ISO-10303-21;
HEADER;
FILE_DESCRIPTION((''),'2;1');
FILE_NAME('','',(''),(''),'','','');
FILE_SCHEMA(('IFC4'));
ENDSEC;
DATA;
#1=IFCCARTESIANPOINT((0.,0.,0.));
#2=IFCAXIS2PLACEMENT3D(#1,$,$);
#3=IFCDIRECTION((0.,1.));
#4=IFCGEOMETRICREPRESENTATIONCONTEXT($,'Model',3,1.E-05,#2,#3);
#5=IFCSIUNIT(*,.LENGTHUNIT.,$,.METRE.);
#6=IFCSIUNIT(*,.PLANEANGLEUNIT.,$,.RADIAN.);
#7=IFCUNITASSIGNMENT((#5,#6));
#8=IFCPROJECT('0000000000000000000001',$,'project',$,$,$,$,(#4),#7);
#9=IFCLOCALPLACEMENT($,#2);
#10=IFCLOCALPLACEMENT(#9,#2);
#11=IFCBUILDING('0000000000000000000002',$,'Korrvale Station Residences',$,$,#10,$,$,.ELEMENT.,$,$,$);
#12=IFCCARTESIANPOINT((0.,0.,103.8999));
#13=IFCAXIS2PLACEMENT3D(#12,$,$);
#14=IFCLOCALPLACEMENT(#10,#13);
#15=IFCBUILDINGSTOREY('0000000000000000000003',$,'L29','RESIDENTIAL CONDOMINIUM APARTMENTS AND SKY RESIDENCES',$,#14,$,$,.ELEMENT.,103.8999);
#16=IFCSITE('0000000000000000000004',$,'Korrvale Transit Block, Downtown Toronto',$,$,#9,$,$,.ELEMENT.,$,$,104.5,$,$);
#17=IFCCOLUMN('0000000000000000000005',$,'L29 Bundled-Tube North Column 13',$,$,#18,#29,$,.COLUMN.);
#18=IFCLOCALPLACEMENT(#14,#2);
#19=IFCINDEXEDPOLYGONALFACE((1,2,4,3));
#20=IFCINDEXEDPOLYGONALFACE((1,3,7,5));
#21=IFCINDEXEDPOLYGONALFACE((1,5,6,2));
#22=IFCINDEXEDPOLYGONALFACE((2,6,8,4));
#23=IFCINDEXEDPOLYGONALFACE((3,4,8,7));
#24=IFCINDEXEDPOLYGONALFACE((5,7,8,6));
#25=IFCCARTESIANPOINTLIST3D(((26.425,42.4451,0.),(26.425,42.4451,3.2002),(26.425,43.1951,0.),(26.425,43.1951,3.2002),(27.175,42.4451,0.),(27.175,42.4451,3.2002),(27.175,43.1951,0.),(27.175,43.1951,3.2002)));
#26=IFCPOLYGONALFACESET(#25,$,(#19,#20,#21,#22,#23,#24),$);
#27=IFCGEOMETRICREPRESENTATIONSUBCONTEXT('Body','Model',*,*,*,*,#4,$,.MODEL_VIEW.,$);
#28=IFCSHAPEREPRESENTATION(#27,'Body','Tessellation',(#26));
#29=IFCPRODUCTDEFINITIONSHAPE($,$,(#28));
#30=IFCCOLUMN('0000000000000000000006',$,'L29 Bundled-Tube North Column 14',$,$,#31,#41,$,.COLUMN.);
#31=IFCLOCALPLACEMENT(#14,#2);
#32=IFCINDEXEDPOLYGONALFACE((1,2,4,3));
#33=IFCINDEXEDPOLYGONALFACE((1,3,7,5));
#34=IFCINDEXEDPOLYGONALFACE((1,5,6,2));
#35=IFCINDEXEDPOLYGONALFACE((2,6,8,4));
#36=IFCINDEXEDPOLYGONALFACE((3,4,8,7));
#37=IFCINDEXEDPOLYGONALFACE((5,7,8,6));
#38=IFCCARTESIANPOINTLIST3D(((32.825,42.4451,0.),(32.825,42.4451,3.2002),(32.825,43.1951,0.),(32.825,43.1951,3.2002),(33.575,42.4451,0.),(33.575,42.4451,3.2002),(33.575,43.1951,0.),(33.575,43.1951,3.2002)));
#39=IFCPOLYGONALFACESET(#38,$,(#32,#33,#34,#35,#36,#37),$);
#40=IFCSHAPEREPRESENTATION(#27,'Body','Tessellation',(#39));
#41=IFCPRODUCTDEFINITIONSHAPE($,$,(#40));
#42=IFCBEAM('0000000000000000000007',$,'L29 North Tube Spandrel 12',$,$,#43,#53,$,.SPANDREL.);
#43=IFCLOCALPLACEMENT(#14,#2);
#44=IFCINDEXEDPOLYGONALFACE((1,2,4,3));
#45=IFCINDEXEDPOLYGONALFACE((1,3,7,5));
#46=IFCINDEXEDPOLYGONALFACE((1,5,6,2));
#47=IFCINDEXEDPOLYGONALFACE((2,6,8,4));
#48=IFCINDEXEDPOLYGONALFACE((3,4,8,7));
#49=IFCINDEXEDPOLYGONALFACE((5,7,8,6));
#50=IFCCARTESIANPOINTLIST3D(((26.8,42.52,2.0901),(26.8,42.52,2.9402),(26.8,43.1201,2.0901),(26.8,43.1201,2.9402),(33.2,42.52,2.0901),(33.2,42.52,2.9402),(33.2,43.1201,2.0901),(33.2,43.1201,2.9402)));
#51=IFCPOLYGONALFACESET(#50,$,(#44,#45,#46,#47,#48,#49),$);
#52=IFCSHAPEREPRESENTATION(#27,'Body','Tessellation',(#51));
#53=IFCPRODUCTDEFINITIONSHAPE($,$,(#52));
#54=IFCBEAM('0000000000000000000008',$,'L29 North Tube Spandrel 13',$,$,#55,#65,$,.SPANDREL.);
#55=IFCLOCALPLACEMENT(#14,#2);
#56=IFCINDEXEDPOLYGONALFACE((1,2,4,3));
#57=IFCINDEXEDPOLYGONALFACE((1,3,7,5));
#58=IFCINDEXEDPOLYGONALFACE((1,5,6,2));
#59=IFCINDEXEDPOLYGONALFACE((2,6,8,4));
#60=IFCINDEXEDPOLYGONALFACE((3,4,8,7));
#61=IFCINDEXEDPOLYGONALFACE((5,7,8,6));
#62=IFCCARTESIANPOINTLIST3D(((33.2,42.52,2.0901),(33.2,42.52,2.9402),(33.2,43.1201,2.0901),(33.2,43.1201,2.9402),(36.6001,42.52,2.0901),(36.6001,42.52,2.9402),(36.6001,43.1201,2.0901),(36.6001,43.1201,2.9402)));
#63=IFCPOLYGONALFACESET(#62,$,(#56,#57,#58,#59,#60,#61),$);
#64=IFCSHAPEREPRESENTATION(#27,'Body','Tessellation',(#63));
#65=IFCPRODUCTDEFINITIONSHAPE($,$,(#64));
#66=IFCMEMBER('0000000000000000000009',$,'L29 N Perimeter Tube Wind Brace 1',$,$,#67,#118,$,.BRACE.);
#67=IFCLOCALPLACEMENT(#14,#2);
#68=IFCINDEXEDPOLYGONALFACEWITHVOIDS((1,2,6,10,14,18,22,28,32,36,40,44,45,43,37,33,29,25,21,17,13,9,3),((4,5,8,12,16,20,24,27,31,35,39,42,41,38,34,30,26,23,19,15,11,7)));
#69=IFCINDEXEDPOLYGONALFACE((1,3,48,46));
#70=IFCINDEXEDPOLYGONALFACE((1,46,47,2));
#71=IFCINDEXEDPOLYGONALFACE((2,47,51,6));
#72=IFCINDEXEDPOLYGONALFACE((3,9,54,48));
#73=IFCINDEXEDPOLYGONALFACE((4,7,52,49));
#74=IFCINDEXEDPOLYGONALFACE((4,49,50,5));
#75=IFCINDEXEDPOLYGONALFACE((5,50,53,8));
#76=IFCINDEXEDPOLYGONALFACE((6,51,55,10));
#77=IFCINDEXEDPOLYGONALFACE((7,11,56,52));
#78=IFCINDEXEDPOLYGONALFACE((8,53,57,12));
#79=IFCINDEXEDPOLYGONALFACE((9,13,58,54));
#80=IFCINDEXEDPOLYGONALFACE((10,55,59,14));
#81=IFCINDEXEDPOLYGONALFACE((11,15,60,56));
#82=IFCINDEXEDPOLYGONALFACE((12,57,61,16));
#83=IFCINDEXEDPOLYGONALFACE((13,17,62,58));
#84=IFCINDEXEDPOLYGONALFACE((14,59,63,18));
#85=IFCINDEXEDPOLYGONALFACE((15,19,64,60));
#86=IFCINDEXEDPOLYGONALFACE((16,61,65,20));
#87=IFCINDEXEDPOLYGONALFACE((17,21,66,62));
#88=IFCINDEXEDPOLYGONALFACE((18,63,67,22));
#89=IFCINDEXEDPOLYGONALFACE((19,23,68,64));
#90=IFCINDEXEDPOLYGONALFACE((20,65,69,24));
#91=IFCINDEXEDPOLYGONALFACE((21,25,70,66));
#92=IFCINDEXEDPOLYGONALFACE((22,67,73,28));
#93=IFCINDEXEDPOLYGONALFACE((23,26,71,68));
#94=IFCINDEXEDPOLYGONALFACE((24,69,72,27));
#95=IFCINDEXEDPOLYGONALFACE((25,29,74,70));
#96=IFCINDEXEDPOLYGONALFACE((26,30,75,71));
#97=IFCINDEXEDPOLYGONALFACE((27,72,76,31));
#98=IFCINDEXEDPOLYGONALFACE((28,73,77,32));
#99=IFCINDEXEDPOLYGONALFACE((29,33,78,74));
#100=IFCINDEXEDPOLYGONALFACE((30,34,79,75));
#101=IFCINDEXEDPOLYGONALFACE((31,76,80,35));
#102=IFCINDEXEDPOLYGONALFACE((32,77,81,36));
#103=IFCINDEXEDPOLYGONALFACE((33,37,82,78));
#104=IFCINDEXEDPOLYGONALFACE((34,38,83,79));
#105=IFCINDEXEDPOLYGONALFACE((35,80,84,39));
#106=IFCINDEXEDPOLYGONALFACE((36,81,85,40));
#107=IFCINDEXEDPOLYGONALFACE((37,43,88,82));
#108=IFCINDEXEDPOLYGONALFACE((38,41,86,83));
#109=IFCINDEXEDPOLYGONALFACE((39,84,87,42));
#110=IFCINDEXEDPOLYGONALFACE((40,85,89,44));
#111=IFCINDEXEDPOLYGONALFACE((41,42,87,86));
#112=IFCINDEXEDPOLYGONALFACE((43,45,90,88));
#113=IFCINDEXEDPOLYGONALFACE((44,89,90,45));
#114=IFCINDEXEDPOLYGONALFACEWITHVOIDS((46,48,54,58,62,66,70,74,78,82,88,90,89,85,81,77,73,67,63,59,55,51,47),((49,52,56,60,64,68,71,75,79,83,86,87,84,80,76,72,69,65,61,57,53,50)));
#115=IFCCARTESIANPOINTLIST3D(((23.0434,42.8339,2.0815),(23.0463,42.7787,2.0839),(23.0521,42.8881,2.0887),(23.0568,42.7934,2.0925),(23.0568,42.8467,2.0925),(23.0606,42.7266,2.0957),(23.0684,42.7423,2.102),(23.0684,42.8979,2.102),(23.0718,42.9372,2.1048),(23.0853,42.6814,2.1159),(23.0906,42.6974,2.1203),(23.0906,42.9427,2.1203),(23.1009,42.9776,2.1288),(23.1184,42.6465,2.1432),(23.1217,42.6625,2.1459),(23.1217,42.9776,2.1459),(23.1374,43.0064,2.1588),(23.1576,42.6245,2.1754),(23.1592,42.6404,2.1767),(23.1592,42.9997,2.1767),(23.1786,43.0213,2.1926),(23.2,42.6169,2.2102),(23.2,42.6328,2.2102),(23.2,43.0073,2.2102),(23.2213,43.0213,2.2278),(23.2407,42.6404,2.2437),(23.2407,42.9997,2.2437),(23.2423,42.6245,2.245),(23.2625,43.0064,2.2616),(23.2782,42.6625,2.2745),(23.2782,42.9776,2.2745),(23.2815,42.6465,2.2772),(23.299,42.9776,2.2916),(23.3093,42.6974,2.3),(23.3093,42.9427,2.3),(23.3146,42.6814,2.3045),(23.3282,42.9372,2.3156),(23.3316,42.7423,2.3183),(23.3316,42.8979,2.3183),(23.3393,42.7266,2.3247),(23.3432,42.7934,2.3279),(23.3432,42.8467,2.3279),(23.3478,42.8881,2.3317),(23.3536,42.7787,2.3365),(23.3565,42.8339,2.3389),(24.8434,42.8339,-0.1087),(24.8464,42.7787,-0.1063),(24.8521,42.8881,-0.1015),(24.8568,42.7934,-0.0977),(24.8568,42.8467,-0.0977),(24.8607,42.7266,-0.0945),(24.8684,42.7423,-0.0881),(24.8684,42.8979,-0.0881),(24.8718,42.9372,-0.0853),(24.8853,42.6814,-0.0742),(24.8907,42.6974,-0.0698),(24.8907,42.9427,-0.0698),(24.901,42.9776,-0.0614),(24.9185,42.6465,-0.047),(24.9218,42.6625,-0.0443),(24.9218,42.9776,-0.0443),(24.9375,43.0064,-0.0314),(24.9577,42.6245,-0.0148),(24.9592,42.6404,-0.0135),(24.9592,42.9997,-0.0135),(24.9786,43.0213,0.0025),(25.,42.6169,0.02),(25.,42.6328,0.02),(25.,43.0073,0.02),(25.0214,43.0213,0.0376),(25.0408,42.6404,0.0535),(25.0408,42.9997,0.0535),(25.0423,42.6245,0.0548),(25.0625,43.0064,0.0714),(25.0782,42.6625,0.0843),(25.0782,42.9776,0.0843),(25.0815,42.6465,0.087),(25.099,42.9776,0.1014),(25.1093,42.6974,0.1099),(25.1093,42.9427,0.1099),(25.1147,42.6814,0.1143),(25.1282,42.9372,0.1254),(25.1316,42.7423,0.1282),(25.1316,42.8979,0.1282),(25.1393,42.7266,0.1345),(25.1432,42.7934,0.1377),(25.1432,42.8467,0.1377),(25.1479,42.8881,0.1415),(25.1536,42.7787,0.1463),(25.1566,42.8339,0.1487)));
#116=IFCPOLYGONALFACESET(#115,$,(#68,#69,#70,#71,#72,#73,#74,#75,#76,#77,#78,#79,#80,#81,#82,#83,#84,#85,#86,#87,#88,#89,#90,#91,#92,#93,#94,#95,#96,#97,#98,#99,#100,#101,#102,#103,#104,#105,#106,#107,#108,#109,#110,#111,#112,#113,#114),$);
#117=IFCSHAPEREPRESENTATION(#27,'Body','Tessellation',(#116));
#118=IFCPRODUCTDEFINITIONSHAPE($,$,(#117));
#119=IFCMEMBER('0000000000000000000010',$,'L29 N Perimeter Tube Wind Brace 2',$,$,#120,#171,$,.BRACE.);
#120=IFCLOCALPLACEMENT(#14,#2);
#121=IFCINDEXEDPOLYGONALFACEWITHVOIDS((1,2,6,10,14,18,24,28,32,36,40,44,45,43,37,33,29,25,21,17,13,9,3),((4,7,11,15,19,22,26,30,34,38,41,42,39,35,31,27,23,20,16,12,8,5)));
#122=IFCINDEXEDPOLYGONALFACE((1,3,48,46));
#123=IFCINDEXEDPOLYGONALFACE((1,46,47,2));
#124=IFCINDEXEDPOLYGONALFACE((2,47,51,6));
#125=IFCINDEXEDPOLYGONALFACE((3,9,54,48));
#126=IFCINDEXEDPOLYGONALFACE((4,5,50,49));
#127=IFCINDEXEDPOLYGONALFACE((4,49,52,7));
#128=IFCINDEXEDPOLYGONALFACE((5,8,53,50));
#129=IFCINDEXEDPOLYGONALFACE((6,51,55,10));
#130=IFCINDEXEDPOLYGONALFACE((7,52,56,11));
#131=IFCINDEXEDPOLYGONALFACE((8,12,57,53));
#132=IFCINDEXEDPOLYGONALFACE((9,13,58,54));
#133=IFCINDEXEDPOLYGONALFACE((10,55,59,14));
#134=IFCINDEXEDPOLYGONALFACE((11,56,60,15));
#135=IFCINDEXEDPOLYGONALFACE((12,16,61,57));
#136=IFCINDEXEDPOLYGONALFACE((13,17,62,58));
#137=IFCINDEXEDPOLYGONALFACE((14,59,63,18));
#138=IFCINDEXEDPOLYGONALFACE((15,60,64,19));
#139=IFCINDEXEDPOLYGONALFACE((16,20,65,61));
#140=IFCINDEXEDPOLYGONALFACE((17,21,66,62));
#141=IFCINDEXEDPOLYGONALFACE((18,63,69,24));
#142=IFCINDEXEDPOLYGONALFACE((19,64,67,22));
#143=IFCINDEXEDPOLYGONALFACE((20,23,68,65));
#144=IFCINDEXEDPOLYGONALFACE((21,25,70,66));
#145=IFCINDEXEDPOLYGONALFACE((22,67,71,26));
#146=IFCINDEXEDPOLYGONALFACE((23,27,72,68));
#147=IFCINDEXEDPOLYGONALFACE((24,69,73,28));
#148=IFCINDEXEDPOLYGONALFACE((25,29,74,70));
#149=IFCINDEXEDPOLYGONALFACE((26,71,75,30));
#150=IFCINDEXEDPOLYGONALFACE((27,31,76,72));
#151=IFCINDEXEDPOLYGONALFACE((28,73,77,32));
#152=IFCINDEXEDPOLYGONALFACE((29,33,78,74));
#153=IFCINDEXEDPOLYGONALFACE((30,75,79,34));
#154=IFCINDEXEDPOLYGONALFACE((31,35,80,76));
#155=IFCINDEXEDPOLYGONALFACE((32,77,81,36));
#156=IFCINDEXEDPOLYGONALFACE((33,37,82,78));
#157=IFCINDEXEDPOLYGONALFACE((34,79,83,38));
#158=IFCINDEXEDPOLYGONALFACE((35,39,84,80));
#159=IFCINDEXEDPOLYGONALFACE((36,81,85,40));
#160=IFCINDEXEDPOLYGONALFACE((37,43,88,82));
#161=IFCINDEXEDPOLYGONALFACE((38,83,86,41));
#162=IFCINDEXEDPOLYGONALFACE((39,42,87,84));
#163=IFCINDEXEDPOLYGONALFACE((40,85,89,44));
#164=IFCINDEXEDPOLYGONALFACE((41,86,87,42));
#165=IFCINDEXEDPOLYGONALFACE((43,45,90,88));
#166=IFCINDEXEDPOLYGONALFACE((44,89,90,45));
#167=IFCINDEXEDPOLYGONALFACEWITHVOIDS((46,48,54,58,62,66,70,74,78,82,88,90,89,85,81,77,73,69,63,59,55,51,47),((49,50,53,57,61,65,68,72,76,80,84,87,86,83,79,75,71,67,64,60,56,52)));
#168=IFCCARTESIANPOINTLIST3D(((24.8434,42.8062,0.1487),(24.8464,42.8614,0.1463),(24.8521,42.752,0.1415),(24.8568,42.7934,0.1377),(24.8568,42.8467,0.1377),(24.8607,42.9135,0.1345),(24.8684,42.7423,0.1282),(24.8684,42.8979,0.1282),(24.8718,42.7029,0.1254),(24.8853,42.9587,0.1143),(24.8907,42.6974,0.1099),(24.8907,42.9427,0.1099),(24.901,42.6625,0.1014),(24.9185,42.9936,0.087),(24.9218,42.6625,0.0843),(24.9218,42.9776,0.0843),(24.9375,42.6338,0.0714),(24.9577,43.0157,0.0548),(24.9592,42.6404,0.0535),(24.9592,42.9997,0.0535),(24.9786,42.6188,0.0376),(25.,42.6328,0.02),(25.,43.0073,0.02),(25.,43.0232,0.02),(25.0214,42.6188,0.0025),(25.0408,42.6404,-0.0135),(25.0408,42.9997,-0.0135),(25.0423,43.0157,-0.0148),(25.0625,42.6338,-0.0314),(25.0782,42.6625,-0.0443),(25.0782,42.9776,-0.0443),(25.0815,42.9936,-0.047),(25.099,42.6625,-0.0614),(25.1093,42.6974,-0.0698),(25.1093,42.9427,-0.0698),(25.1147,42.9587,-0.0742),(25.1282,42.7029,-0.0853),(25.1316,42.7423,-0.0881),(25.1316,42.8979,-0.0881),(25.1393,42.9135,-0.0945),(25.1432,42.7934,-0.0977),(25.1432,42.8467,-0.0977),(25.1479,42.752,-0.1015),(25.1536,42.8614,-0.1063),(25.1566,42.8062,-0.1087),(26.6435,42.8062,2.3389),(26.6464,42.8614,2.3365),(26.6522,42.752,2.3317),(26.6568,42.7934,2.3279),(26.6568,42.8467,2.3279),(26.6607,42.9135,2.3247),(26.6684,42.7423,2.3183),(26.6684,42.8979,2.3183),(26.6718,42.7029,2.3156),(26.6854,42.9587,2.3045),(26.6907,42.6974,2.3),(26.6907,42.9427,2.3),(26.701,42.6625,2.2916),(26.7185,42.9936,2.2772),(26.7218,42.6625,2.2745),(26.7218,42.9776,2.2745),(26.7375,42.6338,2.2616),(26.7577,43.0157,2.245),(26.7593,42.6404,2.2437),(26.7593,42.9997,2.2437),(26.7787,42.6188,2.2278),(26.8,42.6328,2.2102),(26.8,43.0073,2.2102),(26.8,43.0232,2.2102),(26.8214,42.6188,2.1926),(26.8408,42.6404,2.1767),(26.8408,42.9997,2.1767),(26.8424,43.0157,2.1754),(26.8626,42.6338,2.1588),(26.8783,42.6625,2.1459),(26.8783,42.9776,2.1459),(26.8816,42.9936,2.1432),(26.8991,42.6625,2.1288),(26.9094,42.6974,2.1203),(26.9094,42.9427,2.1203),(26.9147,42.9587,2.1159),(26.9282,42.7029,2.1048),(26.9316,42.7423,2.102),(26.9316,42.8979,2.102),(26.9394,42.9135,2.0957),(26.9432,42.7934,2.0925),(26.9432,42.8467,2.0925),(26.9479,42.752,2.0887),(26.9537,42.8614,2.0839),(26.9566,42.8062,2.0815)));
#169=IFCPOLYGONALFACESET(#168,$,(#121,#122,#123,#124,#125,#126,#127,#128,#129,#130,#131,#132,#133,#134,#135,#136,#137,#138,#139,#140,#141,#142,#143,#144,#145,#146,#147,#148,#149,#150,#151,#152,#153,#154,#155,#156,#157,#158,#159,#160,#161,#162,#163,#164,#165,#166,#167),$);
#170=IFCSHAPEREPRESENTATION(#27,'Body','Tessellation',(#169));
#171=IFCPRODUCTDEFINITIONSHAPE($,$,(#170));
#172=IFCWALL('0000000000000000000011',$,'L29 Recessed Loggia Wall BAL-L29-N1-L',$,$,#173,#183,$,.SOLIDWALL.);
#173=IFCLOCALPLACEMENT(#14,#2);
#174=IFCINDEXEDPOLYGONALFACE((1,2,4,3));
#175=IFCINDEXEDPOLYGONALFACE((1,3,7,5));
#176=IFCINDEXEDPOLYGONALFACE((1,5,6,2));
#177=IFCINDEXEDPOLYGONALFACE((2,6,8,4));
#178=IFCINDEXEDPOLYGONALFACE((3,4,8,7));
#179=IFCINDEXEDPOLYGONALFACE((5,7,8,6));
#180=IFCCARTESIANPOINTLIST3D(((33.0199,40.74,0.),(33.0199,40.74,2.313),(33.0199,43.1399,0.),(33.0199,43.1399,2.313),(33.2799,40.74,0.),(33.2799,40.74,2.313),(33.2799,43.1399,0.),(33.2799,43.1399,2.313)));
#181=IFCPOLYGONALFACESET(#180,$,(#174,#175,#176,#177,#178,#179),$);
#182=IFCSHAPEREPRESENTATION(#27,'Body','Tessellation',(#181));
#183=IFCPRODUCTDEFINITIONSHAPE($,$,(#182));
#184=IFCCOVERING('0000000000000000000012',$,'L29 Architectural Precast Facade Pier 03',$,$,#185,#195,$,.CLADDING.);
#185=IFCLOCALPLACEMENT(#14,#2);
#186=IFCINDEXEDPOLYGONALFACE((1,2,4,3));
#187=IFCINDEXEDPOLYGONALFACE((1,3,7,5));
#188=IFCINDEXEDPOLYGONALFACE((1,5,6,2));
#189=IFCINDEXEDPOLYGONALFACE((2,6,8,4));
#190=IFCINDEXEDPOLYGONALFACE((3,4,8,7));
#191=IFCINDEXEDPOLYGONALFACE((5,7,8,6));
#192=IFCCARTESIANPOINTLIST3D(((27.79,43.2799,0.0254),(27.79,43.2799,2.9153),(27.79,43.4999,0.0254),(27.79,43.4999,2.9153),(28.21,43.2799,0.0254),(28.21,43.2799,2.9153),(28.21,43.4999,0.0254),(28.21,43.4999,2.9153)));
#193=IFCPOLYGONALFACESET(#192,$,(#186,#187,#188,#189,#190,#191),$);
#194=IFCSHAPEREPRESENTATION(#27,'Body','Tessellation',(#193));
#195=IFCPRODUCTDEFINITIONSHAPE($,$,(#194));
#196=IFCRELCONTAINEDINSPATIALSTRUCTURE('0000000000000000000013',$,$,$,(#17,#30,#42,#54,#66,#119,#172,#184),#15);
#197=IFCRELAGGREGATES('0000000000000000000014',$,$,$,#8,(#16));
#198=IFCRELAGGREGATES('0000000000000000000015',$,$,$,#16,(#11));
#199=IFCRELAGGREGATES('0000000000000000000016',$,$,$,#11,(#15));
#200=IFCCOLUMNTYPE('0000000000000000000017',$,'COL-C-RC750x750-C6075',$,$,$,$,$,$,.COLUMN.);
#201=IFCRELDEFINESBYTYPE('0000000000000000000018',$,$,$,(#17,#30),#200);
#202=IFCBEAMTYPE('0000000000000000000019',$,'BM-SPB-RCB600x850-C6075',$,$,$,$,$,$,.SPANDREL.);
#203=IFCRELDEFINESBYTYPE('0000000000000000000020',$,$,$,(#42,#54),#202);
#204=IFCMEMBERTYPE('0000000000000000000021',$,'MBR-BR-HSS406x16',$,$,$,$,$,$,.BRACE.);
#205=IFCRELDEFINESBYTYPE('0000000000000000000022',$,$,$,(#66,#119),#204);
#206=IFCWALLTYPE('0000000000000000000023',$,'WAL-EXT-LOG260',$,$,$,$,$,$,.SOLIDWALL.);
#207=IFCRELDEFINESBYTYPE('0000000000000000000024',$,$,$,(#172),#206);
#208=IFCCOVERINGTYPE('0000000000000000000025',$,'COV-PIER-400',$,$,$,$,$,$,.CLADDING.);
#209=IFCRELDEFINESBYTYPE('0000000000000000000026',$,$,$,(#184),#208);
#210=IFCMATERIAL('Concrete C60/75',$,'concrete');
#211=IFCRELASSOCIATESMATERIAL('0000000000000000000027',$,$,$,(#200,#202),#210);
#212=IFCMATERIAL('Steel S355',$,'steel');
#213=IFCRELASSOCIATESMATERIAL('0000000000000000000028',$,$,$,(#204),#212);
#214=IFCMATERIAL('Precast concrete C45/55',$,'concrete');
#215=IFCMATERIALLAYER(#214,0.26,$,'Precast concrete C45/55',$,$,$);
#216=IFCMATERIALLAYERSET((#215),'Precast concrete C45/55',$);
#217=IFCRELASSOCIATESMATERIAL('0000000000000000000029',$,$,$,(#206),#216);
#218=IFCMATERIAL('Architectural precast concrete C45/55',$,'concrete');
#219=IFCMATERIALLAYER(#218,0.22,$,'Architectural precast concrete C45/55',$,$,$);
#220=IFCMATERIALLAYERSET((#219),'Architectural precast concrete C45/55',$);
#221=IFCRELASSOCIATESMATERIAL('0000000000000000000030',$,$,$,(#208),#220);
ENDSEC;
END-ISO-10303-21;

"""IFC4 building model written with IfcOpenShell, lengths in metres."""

from ifc_helpers import new_model, si_unit, direction, frame, frame_2d, origin, origin_2d, place, context, subcontext, project, spatial, rectangle, hollow_circle, extrude, material, layer, layer_set, material_profile, profile_set, type_object, element, save


model = new_model("IFC4")

# Units and contexts
model_context = context("Model", 3, precision=1e-05, world=origin(), true_north=direction((0.0, 1.0)))
body_context = subcontext(model_context, "Body", "Model", "MODEL_VIEW")
ifc_project = project(units=[si_unit("LENGTHUNIT", "METRE"), si_unit("PLANEANGLEUNIT", "RADIAN")], contexts=[model_context])

# Site, building, storey
site_placement = place(None, origin())
site = spatial("IfcSite", under=ifc_project, at=site_placement, Name="Korrvale Transit Block, Downtown Toronto", CompositionType="ELEMENT", RefElevation=104.5)
building_placement = place(site_placement, origin())
building = spatial("IfcBuilding", under=site, at=building_placement, Name="Korrvale Station Residences", CompositionType="ELEMENT")
storey_placement = place(building_placement, frame((0.0, 0.0, 103.8999)))
storey = spatial("IfcBuildingStorey", under=building, at=storey_placement, Name="L29", Description="RESIDENTIAL CONDOMINIUM APARTMENTS AND SKY RESIDENCES", CompositionType="ELEMENT", Elevation=103.8999)

# Columns
ifc_material_1 = material(Name="Concrete C60/75", Category="concrete")
ifc_material_profile_1 = material_profile(ifc_material_1, rectangle(XDim=0.75, YDim=0.75, at=origin_2d()), Name="RC750x750")
ifc_profile_set_1 = profile_set([ifc_material_profile_1], Name="Concrete C60/75")
column_type = type_object("IfcColumnType", Name="COL-C-RC750x750-C6075", PredefinedType="COLUMN", material=ifc_profile_set_1)
for number, where, z_axis, x_axis, name in (
    (1, (26.8, 42.8201, 0.0), (0.0, 0.0, 1.0), (1.0, 0.0, 0.0), "L29 Bundled-Tube North Column 13"),
    (2, (33.2, 42.8201, 0.0), (0.0, 0.0, 1.0), (1.0, 0.0, 0.0), "L29 Bundled-Tube North Column 14"),
):
    element("IfcColumn", number, at=place(storey_placement, frame(where, z_axis=z_axis, x_axis=x_axis)), inside=storey, type_object=column_type, Name=name, PredefinedType="COLUMN", context=body_context, shape_type="SweptSolid", body=[
        extrude(rectangle(XDim=0.75, YDim=0.75, at=origin_2d()), origin(), (0.0, 0.0, 1.0), 3.2002),
    ])

# Beams
ifc_material_profile_2 = material_profile(ifc_material_1, rectangle(XDim=0.6001, YDim=0.8501, at=origin_2d()), Name="RCB600x850")
ifc_profile_set_2 = profile_set([ifc_material_profile_2], Name="Concrete C60/75")
beam_type = type_object("IfcBeamType", Name="BM-SPB-RCB600x850-C6075", PredefinedType="SPANDREL", material=ifc_profile_set_2)
beam_1_placement = place(storey_placement, frame((26.8, 42.8201, 2.5151), z_axis=(1.0, 0.0, 0.0), x_axis=(0.0, 1.0, 0.0)))
element("IfcBeam", 3, at=beam_1_placement, inside=storey, type_object=beam_type, Name="L29 North Tube Spandrel 12", PredefinedType="SPANDREL", context=body_context, shape_type="SweptSolid", body=[
    extrude(rectangle(XDim=0.6001, YDim=0.8501, at=origin_2d()), origin(), (0.0, 0.0, 1.0), 6.3999),
])
beam_2_placement = place(storey_placement, frame((33.2, 42.8201, 2.5151), z_axis=(1.0, 0.0, 0.0), x_axis=(0.0, 1.0, 0.0)))
element("IfcBeam", 4, at=beam_2_placement, inside=storey, type_object=beam_type, Name="L29 North Tube Spandrel 13", PredefinedType="SPANDREL", context=body_context, shape_type="SweptSolid", body=[
    extrude(rectangle(XDim=0.6001, YDim=0.8501, at=origin_2d()), origin(), (0.0, 0.0, 1.0), 3.4001),
])

# Members
ifc_material_2 = material(Name="Steel S355", Category="steel")
ifc_material_profile_3 = material_profile(ifc_material_2, hollow_circle(Radius=0.2031, WallThickness=0.0159, at=origin_2d()), Name="HSS406x16")
ifc_profile_set_3 = profile_set([ifc_material_profile_3], Name="Steel S355")
member_type = type_object("IfcMemberType", Name="MBR-BR-HSS406x16", PredefinedType="BRACE", material=ifc_profile_set_3)
for number, where, z_axis, x_axis, name in (
    (5, (25.0, 42.8201, 0.02), (-0.634943, 0.0, 0.772559), (0.0, -1.0, 0.0), "L29 N Perimeter Tube Wind Brace 1"),
    (6, (25.0, 42.8201, 0.02), (0.634943, 0.0, 0.772559), (0.0, 1.0, 0.0), "L29 N Perimeter Tube Wind Brace 2"),
):
    element("IfcMember", number, at=place(storey_placement, frame(where, z_axis=z_axis, x_axis=x_axis)), inside=storey, type_object=member_type, Name=name, PredefinedType="BRACE", context=body_context, shape_type="SweptSolid", body=[
        extrude(hollow_circle(Radius=0.2031, WallThickness=0.0159, at=origin_2d()), origin(), (0.0, 0.0, 1.0), 2.835),
    ])

# Wall
ifc_material_3 = material(Name="Precast concrete C45/55", Category="concrete")
ifc_layer_1 = layer(ifc_material_3, 0.26, Name="Precast concrete C45/55")
ifc_layer_set_1 = layer_set([ifc_layer_1], Name="Precast concrete C45/55")
wall_type = type_object("IfcWallType", Name="WAL-EXT-LOG260", PredefinedType="SOLIDWALL", material=ifc_layer_set_1)
wall_placement = place(storey_placement, frame((33.1499, 43.1399, 0.0), z_axis=(0.0, 0.0, 1.0), x_axis=(0.0, -1.0, 0.0)))
element("IfcWall", 7, at=wall_placement, inside=storey, type_object=wall_type, Name="L29 Recessed Loggia Wall BAL-L29-N1-L", PredefinedType="SOLIDWALL", context=body_context, shape_type="SweptSolid", body=[
    extrude(rectangle(XDim=2.3999, YDim=0.26, at=frame_2d((1.2, 0.0))), origin(), (0.0, 0.0, 1.0), 2.313),
])

# Covering
ifc_material_4 = material(Name="Architectural precast concrete C45/55", Category="concrete")
ifc_layer_2 = layer(ifc_material_4, 0.22, Name="Architectural precast concrete C45/55")
ifc_layer_set_2 = layer_set([ifc_layer_2], Name="Architectural precast concrete C45/55")
covering_type = type_object("IfcCoveringType", Name="COV-PIER-400", PredefinedType="CLADDING", material=ifc_layer_set_2)
covering_placement = place(storey_placement, frame((28.0, 43.3899, 0.0254), z_axis=(0.0, 0.0, 1.0), x_axis=(1.0, 0.0, 0.0)))
element("IfcCovering", 8, at=covering_placement, inside=storey, type_object=covering_type, Name="L29 Architectural Precast Facade Pier 03", PredefinedType="CLADDING", context=body_context, shape_type="SweptSolid", body=[
    extrude(rectangle(XDim=0.4199, YDim=0.22, at=origin_2d()), origin(), (0.0, 0.0, 1.0), 2.8899),
])

save(model, "model.ifc")
